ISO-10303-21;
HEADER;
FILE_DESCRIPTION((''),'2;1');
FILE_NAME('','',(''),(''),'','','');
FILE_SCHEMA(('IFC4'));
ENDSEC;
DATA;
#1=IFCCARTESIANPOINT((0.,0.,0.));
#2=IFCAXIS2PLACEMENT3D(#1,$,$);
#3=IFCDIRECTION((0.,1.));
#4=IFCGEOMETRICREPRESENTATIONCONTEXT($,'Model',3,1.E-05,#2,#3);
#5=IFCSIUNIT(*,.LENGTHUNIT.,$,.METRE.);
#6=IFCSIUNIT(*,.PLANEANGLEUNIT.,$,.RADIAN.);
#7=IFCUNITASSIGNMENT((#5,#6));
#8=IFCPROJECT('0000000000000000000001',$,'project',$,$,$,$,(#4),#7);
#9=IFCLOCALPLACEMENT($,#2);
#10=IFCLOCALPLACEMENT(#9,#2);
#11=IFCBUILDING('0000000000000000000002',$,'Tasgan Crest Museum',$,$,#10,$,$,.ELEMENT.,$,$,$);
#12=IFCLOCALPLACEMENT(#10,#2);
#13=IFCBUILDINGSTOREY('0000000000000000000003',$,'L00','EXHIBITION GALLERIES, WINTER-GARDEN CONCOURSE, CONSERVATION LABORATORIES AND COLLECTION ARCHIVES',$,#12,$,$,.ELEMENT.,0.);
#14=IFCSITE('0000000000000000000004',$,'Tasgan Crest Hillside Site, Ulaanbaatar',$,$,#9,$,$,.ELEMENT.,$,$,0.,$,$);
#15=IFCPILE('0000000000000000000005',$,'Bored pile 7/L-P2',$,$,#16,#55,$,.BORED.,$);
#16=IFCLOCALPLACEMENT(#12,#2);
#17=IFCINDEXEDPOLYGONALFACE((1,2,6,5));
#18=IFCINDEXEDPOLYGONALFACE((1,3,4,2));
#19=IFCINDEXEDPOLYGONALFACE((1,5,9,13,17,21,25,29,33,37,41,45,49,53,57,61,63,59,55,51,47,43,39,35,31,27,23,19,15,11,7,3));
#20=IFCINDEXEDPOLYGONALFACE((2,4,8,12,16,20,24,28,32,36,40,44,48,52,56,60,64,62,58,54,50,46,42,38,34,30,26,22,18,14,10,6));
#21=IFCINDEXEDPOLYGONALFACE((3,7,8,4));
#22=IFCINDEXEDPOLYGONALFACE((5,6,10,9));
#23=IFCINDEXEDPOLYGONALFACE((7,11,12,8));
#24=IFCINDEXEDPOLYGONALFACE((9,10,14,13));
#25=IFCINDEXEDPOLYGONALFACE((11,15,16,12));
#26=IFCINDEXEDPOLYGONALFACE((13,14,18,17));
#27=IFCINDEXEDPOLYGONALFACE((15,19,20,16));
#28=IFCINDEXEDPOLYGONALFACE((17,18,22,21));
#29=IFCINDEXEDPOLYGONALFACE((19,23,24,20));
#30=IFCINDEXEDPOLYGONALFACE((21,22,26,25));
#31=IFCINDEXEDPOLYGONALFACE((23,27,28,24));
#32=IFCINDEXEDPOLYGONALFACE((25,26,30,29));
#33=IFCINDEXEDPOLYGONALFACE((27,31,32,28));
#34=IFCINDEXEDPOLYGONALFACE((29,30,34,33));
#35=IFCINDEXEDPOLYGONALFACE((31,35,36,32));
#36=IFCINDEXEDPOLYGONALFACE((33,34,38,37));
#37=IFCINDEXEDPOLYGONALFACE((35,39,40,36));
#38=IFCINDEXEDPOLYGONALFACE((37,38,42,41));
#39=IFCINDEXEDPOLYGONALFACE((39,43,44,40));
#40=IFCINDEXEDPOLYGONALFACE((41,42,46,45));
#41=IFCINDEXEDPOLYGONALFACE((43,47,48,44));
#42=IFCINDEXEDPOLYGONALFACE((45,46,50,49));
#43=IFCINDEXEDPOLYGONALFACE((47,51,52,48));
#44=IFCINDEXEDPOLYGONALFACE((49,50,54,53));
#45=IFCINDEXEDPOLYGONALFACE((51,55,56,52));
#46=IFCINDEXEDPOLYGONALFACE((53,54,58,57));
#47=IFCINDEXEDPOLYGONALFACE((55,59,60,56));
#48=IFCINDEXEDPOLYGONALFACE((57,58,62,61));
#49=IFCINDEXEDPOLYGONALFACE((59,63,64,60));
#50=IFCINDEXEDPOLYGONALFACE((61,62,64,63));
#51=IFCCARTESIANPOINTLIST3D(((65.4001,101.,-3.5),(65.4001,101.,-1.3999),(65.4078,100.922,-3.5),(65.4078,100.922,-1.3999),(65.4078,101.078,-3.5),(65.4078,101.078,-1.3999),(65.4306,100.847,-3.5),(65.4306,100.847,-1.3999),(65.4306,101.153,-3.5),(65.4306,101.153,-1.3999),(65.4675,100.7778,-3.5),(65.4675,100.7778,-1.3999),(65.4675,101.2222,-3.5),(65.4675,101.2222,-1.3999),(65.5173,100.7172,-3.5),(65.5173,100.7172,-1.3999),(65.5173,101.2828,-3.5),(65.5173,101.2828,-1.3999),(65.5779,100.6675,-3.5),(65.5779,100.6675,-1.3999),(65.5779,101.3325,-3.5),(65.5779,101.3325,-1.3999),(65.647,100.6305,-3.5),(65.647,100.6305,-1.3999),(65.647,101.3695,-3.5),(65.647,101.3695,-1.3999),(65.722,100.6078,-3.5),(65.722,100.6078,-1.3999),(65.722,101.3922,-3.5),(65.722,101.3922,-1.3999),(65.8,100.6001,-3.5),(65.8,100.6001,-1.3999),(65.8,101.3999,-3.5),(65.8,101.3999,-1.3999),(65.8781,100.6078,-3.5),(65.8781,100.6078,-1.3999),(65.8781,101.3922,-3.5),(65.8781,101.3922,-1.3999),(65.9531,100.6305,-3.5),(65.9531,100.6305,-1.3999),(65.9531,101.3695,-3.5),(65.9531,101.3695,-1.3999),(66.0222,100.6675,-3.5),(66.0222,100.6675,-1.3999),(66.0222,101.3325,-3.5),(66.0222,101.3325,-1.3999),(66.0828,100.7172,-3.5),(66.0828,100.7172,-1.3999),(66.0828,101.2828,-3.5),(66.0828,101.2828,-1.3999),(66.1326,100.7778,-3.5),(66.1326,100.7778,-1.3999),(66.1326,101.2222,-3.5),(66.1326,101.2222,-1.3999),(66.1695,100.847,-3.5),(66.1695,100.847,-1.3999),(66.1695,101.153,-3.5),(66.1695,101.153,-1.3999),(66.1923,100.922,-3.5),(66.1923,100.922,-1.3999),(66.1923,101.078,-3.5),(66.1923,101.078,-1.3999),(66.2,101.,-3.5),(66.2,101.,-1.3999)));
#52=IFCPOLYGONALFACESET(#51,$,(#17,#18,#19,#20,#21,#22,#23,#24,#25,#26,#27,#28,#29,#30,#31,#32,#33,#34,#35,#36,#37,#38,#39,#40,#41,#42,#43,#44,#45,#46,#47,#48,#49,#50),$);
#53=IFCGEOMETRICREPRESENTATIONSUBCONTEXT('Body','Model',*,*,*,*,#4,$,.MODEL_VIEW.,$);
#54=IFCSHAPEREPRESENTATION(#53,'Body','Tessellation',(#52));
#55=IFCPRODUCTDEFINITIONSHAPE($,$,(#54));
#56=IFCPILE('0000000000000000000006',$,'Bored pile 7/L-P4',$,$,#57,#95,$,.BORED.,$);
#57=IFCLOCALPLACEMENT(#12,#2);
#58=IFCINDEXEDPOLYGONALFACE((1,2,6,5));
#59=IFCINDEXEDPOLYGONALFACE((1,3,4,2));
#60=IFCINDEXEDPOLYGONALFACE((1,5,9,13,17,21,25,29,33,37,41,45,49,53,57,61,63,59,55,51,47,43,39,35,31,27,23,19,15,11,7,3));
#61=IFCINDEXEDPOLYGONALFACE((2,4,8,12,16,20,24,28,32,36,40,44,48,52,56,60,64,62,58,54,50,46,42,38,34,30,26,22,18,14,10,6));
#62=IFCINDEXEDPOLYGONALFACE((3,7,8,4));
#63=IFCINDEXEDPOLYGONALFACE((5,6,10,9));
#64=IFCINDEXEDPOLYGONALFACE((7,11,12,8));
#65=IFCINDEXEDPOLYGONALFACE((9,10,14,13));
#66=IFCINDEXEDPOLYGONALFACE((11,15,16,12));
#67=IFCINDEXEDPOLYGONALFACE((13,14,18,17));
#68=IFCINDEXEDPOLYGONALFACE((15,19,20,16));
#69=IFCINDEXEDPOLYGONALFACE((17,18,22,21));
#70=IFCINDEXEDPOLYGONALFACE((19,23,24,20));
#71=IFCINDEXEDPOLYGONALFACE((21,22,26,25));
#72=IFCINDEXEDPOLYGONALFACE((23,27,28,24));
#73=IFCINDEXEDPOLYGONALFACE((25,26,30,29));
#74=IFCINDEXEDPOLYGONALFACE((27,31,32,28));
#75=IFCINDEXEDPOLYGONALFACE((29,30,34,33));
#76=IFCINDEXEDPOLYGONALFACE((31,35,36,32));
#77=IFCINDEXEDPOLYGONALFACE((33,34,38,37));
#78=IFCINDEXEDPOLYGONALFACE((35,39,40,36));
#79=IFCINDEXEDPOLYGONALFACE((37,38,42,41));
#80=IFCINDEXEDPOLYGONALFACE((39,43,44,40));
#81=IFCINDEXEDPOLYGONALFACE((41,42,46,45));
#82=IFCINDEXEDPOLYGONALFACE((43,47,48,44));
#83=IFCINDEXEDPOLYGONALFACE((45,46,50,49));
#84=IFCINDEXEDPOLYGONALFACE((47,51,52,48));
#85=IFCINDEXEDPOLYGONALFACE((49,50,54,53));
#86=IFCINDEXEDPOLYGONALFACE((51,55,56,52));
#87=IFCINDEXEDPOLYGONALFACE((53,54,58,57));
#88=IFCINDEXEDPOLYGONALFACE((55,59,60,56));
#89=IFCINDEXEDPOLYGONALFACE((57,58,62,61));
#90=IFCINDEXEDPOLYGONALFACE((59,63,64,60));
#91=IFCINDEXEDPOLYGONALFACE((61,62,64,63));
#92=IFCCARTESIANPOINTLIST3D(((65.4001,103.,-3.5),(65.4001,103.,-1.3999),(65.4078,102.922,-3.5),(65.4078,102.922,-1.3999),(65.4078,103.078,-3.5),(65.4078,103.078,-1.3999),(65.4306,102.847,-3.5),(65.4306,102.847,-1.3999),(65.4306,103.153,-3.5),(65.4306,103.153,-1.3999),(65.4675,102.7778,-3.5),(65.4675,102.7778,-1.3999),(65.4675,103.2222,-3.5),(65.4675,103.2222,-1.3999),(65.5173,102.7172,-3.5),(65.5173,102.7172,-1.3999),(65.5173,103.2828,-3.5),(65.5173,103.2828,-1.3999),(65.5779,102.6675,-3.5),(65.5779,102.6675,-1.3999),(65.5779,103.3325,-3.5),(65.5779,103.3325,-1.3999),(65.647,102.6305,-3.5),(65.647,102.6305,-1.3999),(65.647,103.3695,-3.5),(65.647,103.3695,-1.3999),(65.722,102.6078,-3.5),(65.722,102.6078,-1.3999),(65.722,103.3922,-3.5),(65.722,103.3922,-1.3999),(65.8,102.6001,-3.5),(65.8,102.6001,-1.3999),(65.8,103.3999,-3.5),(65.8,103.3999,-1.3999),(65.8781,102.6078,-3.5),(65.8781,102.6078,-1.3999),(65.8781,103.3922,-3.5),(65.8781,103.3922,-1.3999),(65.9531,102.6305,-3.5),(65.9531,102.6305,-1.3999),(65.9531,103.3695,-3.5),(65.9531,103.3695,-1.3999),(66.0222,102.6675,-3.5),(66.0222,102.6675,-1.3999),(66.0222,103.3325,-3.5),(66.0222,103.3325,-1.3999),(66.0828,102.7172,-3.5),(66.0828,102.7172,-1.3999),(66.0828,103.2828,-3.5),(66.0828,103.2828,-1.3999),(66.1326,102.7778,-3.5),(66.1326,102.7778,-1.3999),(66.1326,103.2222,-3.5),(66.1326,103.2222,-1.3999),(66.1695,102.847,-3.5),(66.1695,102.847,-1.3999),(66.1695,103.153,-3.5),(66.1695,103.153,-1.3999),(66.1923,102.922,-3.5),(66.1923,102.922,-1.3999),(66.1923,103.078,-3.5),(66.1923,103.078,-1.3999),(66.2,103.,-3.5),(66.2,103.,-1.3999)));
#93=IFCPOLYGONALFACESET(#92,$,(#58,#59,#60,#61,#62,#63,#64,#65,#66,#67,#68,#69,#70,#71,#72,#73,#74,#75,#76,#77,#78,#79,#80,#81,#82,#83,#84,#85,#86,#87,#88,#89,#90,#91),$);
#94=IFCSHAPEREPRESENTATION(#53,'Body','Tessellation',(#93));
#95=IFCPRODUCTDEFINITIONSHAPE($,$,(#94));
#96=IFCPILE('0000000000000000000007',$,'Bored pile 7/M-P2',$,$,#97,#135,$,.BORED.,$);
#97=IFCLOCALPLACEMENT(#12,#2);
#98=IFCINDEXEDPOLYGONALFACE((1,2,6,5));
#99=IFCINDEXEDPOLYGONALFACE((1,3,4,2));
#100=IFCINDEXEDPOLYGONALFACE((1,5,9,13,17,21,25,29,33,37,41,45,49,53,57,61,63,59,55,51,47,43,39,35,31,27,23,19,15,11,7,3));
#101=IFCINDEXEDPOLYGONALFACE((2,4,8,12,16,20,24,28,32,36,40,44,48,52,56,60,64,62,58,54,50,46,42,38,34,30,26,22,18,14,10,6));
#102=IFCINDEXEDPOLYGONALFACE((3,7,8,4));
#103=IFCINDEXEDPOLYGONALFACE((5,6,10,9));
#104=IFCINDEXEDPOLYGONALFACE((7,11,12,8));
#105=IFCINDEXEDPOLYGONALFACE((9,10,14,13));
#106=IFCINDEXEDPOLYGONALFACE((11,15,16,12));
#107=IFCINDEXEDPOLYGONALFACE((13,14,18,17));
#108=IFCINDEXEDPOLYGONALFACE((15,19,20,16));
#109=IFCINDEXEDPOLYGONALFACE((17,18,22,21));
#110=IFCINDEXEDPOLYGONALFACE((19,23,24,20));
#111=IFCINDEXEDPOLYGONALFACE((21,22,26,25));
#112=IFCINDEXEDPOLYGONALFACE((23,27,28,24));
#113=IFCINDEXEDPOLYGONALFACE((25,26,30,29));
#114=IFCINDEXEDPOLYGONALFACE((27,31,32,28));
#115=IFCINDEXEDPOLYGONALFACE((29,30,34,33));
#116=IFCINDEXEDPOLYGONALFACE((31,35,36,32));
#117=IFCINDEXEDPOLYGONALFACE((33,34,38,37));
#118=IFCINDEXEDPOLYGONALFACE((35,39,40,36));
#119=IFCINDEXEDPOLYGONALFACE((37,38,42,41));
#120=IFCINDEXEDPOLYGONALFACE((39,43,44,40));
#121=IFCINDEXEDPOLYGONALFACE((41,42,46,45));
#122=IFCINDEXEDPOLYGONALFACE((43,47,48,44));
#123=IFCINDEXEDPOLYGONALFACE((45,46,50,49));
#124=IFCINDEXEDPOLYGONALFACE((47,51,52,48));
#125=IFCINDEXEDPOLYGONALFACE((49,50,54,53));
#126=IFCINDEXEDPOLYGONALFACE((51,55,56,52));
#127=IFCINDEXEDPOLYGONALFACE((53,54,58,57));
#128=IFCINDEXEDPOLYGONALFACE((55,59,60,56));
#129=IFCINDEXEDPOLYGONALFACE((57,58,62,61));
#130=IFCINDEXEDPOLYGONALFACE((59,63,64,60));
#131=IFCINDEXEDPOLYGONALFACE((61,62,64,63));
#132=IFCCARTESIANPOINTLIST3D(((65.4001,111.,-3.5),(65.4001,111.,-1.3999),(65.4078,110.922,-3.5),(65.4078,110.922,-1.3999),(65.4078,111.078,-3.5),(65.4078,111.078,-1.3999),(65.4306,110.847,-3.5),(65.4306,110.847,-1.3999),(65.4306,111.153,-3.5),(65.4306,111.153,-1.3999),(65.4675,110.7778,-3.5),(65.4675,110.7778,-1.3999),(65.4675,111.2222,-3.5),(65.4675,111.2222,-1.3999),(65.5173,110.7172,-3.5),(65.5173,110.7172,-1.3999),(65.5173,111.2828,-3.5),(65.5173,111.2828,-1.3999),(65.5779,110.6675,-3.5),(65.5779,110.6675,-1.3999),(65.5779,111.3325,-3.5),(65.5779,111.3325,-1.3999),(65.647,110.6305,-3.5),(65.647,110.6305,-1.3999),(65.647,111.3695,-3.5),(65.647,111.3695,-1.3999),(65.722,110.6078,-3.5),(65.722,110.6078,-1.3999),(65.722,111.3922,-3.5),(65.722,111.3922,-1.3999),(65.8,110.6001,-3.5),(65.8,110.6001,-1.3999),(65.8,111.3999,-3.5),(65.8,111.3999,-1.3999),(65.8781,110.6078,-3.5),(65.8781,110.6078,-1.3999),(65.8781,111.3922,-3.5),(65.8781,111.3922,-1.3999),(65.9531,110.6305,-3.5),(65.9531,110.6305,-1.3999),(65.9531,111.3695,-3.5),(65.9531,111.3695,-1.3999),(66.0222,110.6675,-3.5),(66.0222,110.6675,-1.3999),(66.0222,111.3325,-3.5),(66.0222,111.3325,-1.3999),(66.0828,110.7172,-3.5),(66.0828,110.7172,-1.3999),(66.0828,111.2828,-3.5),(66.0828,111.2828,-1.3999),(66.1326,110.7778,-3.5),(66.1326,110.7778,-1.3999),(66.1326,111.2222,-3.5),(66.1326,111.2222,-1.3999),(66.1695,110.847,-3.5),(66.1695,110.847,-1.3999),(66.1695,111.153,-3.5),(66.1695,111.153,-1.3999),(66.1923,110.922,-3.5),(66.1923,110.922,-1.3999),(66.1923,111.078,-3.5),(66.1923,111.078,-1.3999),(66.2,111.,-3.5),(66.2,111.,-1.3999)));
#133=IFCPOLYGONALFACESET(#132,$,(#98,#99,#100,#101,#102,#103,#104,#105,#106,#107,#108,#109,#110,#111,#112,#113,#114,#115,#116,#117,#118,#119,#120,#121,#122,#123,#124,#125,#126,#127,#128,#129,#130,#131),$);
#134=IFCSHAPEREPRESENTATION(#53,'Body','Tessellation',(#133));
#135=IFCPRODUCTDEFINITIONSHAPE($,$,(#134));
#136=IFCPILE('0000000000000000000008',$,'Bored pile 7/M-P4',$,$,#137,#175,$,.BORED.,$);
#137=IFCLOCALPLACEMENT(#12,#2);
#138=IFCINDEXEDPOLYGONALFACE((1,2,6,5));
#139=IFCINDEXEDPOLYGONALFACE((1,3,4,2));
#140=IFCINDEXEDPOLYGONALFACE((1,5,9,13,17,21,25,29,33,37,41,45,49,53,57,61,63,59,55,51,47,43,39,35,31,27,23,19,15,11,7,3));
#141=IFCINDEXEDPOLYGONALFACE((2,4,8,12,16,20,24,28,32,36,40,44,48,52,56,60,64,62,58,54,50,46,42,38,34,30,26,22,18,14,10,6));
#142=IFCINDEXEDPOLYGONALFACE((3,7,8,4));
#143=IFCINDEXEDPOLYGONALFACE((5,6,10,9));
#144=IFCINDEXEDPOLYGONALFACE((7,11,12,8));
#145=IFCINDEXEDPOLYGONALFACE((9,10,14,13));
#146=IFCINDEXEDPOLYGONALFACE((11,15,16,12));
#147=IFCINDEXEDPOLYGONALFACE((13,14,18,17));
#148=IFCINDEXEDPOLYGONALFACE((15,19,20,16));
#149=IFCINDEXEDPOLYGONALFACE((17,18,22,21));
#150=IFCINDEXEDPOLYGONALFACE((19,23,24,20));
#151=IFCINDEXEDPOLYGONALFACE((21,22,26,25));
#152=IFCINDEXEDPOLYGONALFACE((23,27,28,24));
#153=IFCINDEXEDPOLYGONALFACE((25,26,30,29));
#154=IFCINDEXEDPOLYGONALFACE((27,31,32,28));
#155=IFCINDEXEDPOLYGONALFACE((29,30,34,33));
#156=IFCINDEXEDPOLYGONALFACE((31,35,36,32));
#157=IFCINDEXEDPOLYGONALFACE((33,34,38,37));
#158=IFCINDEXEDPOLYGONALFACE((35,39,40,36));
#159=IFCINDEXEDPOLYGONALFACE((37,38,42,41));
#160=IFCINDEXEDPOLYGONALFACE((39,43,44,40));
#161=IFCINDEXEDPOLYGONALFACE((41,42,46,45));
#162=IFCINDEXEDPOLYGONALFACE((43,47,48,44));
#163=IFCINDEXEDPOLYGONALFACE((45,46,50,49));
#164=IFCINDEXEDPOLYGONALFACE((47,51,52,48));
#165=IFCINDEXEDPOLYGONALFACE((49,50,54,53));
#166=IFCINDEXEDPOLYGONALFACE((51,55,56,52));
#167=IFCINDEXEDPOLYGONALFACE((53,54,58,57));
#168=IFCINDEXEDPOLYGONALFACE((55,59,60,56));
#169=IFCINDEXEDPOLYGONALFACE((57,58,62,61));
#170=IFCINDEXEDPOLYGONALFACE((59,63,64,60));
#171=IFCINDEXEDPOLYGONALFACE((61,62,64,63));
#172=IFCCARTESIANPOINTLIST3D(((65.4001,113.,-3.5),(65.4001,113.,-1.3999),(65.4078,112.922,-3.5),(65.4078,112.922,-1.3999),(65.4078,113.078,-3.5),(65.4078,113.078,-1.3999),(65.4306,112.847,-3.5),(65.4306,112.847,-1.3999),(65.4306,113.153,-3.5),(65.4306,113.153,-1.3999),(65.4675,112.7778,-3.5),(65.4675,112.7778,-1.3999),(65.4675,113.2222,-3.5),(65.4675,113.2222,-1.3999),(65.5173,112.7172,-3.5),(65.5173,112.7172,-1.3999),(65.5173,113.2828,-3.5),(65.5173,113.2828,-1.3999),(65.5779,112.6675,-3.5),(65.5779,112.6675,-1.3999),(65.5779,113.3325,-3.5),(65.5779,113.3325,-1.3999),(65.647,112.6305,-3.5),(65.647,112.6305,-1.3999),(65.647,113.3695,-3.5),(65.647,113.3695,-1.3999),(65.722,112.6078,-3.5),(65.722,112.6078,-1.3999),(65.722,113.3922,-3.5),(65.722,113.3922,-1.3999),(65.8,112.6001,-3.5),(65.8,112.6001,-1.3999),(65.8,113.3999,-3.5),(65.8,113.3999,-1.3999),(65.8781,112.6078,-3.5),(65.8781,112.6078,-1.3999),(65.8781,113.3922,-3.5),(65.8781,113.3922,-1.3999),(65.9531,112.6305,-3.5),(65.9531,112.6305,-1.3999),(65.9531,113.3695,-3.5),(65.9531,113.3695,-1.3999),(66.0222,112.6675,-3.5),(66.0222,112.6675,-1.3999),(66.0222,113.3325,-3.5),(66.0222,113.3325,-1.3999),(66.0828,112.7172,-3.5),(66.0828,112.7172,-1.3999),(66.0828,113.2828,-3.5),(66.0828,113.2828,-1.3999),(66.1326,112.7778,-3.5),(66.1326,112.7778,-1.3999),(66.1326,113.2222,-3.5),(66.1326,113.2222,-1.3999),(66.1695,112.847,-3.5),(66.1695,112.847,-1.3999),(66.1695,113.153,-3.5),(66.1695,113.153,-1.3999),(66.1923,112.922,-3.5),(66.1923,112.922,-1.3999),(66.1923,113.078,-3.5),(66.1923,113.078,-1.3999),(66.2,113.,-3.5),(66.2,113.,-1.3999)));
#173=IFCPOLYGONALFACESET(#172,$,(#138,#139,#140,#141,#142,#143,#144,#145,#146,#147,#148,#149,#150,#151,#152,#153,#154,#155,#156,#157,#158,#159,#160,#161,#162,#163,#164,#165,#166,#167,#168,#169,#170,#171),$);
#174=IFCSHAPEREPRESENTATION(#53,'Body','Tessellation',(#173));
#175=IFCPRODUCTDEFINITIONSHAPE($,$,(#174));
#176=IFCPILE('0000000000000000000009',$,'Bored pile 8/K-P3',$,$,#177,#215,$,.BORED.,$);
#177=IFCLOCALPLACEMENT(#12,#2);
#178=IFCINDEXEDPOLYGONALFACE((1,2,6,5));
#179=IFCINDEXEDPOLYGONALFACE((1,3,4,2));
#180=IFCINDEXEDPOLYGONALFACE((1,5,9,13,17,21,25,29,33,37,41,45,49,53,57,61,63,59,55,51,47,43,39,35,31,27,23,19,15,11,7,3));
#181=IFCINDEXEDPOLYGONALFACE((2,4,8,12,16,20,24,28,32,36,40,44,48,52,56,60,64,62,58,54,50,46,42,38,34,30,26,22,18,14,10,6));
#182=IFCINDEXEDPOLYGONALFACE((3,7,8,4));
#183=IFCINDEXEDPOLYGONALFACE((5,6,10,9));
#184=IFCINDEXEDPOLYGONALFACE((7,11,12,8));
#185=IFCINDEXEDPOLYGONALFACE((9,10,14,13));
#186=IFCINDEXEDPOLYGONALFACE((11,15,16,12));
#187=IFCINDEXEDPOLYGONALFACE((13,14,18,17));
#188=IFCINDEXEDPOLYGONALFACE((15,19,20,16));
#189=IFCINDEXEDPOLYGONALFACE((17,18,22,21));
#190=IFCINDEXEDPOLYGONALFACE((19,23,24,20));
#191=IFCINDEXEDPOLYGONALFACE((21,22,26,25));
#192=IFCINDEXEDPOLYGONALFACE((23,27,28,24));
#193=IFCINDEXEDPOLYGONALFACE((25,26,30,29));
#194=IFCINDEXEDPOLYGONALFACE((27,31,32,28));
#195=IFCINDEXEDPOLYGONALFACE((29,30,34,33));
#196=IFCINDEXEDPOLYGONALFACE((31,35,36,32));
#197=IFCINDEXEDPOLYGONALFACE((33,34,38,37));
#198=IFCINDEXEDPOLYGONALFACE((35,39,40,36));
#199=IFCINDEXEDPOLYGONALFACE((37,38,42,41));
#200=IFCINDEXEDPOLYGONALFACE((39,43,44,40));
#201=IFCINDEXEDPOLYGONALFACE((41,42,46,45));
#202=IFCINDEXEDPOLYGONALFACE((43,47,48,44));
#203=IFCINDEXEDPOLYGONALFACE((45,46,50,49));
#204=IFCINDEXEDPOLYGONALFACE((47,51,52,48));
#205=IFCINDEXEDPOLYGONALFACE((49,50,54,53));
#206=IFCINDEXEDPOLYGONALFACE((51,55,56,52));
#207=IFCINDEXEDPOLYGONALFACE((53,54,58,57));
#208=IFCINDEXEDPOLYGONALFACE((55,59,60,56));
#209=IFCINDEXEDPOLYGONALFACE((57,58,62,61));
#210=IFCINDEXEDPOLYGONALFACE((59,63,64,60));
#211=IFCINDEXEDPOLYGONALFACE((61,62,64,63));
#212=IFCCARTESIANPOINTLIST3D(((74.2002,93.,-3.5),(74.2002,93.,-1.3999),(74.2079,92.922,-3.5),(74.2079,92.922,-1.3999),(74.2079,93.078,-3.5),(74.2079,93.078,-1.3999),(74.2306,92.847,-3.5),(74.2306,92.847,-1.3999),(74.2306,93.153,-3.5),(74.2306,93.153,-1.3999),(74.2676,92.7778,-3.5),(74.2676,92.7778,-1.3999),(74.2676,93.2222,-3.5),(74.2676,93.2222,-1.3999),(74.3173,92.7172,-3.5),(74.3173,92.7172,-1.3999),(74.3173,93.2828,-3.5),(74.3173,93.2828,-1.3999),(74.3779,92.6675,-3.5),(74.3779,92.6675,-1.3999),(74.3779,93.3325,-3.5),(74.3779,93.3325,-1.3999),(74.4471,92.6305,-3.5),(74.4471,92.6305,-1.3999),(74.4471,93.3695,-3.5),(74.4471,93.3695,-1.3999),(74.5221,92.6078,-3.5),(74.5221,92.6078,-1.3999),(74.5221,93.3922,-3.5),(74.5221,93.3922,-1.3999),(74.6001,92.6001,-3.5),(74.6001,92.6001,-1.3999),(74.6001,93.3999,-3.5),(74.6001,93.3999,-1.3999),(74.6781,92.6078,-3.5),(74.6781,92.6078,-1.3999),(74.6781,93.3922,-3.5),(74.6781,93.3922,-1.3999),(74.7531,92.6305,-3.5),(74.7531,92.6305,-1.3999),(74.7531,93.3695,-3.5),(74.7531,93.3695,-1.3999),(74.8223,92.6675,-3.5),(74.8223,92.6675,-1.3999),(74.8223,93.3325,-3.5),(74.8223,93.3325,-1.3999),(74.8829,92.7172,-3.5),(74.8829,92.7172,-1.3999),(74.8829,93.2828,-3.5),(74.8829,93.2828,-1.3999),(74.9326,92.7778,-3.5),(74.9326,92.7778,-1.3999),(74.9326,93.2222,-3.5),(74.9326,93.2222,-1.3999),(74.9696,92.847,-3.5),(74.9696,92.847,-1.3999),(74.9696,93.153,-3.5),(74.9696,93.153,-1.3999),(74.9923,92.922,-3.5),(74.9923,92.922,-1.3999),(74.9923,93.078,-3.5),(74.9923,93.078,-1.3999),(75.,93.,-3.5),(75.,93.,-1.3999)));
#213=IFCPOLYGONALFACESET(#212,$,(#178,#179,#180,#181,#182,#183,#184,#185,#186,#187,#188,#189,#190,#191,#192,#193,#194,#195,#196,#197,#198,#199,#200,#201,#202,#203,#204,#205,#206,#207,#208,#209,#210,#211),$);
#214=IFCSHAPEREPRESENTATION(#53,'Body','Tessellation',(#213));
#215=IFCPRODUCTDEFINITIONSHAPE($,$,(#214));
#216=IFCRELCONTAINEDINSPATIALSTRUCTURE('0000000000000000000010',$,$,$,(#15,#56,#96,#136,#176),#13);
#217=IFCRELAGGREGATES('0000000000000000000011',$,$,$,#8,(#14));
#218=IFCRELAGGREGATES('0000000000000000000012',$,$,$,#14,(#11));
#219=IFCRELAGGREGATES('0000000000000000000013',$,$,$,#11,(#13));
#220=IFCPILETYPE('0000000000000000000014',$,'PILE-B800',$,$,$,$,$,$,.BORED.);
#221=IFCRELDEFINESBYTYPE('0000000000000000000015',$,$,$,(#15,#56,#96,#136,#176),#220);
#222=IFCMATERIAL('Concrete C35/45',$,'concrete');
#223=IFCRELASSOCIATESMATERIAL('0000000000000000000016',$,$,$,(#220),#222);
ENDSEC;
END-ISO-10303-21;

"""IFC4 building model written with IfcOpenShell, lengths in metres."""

from ifc_helpers import new_model, si_unit, direction, frame, origin, origin_2d, place, context, subcontext, project, spatial, circle, extrude, material, material_profile, profile_set, type_object, element, save


model = new_model("IFC4")

# Units and contexts
model_context = context("Model", 3, precision=1e-05, world=origin(), true_north=direction((0.0, 1.0)))
body_context = subcontext(model_context, "Body", "Model", "MODEL_VIEW")
ifc_project = project(units=[si_unit("LENGTHUNIT", "METRE"), si_unit("PLANEANGLEUNIT", "RADIAN")], contexts=[model_context])

# Site, building, storey
site_placement = place(None, origin())
site = spatial("IfcSite", under=ifc_project, at=site_placement, Name="Tasgan Crest Hillside Site, Ulaanbaatar", CompositionType="ELEMENT", RefElevation=0.0)
building_placement = place(site_placement, origin())
building = spatial("IfcBuilding", under=site, at=building_placement, Name="Tasgan Crest Museum", CompositionType="ELEMENT")
storey_placement = place(building_placement, origin())
storey = spatial("IfcBuildingStorey", under=building, at=storey_placement, Name="L00", Description="EXHIBITION GALLERIES, WINTER-GARDEN CONCOURSE, CONSERVATION LABORATORIES AND COLLECTION ARCHIVES", CompositionType="ELEMENT", Elevation=0.0)

# Piles
ifc_material_1 = material(Name="Concrete C35/45", Category="concrete")
ifc_material_profile_1 = material_profile(ifc_material_1, circle(Radius=0.3999, at=origin_2d()), Name="PILE D800")
ifc_profile_set_1 = profile_set([ifc_material_profile_1], Name="Concrete C35/45")
pile_type_1 = type_object("IfcPileType", Name="PILE-B800", PredefinedType="BORED", material=ifc_profile_set_1)
for number, where, z_axis, x_axis, name in (
    (1, (65.8, 101.0, -1.3999), (0.0, 0.0, -1.0), (1.0, 0.0, 0.0), "Bored pile 7/L-P2"),
    (2, (65.8, 103.0, -1.3999), (0.0, 0.0, -1.0), (1.0, 0.0, 0.0), "Bored pile 7/L-P4"),
    (3, (65.8, 111.0, -1.3999), (0.0, 0.0, -1.0), (1.0, 0.0, 0.0), "Bored pile 7/M-P2"),
    (4, (65.8, 113.0, -1.3999), (0.0, 0.0, -1.0), (1.0, 0.0, 0.0), "Bored pile 7/M-P4"),
    (5, (74.6001, 93.0, -1.3999), (0.0, 0.0, -1.0), (1.0, 0.0, 0.0), "Bored pile 8/K-P3"),
):
    element("IfcPile", number, at=place(storey_placement, frame(where, z_axis=z_axis, x_axis=x_axis)), inside=storey, type_object=pile_type_1, Name=name, PredefinedType="BORED", context=body_context, shape_type="SweptSolid", body=[
        extrude(circle(Radius=0.3999, at=origin_2d()), origin(), (0.0, 0.0, 1.0), 2.1001),
    ])

save(model, "model.ifc")
